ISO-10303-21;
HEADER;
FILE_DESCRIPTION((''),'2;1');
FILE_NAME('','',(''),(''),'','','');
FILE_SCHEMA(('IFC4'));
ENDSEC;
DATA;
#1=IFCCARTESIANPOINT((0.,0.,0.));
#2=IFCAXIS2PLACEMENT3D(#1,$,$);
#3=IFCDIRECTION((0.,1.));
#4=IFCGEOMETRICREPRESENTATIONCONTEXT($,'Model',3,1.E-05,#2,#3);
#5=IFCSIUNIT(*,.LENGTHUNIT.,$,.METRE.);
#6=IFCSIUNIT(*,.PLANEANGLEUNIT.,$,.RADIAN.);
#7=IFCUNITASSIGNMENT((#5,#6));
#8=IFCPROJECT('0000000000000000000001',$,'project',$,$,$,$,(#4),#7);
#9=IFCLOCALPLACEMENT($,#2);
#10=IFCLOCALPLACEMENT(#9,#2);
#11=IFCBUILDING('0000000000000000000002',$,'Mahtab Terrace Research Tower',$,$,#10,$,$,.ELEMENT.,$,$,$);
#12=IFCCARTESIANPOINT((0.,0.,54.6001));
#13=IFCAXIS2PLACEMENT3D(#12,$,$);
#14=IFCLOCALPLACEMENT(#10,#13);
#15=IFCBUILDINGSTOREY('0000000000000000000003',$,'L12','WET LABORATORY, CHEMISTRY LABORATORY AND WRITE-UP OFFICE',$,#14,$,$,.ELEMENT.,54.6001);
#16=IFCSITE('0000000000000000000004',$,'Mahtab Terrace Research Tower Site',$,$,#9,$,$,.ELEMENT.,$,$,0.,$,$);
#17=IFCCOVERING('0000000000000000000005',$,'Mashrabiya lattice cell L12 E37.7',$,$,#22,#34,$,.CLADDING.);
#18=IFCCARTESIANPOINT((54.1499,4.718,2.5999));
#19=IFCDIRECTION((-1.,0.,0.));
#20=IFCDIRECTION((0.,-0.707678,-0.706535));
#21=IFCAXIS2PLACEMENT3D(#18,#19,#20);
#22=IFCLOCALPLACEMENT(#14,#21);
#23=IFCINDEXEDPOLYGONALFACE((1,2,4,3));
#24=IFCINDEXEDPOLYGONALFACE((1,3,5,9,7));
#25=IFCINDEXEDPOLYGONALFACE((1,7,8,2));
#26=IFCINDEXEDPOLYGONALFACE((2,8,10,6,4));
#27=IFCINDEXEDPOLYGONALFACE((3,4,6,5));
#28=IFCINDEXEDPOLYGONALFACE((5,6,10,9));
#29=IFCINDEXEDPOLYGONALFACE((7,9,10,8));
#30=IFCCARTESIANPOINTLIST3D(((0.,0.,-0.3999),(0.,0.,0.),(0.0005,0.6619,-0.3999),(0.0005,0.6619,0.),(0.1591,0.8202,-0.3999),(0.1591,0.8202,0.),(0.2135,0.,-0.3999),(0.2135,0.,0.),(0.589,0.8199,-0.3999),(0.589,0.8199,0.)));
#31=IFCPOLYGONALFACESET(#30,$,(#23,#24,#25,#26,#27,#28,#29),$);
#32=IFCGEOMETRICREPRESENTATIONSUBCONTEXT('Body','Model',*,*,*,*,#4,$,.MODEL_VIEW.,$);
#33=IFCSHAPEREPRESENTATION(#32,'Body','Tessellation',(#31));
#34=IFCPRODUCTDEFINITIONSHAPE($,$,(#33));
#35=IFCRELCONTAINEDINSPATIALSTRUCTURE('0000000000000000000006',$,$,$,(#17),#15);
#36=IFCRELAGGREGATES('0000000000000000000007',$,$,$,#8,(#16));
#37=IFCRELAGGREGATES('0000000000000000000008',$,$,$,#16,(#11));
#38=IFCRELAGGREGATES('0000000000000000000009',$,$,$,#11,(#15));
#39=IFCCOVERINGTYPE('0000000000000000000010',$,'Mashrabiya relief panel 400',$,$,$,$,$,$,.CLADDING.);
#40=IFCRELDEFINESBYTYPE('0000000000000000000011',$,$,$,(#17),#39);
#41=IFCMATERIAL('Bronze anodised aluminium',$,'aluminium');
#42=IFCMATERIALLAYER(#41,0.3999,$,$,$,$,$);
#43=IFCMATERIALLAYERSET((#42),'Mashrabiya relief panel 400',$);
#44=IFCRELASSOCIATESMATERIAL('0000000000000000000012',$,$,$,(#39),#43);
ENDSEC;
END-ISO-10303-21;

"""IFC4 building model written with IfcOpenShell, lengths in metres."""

from ifc_helpers import new_model, si_unit, direction, frame, origin, place, context, subcontext, project, spatial, polyline, outline, extrude, material, layer, layer_set, type_object, element, save


model = new_model("IFC4")

# Units and contexts
model_context = context("Model", 3, precision=1e-05, world=origin(), true_north=direction((0.0, 1.0)))
body_context = subcontext(model_context, "Body", "Model", "MODEL_VIEW")
ifc_project = project(units=[si_unit("LENGTHUNIT", "METRE"), si_unit("PLANEANGLEUNIT", "RADIAN")], contexts=[model_context])

# Site, building, storey
site_placement = place(None, origin())
site = spatial("IfcSite", under=ifc_project, at=site_placement, Name="Mahtab Terrace Research Tower Site", CompositionType="ELEMENT", RefElevation=0.0)
building_placement = place(site_placement, origin())
building = spatial("IfcBuilding", under=site, at=building_placement, Name="Mahtab Terrace Research Tower", CompositionType="ELEMENT")
storey_placement = place(building_placement, frame((0.0, 0.0, 54.6001)))
storey = spatial("IfcBuildingStorey", under=building, at=storey_placement, Name="L12", Description="WET LABORATORY, CHEMISTRY LABORATORY AND WRITE-UP OFFICE", CompositionType="ELEMENT", Elevation=54.6001)

# Covering
ifc_material_1 = material(Name="Bronze anodised aluminium", Category="aluminium")
ifc_layer_1 = layer(ifc_material_1, 0.3999)
ifc_layer_set_1 = layer_set([ifc_layer_1], Name="Mashrabiya relief panel 400")
covering_type = type_object("IfcCoveringType", Name="Mashrabiya relief panel 400", PredefinedType="CLADDING", material=ifc_layer_set_1)
covering_1_placement = place(storey_placement, frame((54.1499, 4.718, 2.5999), z_axis=(-1.0, 0.0, 0.0), x_axis=(0.0, -0.707678, -0.706535)))
element("IfcCovering", 1, at=covering_1_placement, inside=storey, type_object=covering_type, Name="Mashrabiya lattice cell L12 E37.7", PredefinedType="CLADDING", context=body_context, shape_type="SweptSolid", body=[
    extrude(outline(polyline([(0.0, 0.0), (0.2135, 0.0), (0.589, 0.8199), (0.1591, 0.8202), (0.0005, 0.6619), (0.0, 0.0)])), origin(), (0.0, 0.0, -1.0), 0.3999),
])

save(model, "model.ifc")
